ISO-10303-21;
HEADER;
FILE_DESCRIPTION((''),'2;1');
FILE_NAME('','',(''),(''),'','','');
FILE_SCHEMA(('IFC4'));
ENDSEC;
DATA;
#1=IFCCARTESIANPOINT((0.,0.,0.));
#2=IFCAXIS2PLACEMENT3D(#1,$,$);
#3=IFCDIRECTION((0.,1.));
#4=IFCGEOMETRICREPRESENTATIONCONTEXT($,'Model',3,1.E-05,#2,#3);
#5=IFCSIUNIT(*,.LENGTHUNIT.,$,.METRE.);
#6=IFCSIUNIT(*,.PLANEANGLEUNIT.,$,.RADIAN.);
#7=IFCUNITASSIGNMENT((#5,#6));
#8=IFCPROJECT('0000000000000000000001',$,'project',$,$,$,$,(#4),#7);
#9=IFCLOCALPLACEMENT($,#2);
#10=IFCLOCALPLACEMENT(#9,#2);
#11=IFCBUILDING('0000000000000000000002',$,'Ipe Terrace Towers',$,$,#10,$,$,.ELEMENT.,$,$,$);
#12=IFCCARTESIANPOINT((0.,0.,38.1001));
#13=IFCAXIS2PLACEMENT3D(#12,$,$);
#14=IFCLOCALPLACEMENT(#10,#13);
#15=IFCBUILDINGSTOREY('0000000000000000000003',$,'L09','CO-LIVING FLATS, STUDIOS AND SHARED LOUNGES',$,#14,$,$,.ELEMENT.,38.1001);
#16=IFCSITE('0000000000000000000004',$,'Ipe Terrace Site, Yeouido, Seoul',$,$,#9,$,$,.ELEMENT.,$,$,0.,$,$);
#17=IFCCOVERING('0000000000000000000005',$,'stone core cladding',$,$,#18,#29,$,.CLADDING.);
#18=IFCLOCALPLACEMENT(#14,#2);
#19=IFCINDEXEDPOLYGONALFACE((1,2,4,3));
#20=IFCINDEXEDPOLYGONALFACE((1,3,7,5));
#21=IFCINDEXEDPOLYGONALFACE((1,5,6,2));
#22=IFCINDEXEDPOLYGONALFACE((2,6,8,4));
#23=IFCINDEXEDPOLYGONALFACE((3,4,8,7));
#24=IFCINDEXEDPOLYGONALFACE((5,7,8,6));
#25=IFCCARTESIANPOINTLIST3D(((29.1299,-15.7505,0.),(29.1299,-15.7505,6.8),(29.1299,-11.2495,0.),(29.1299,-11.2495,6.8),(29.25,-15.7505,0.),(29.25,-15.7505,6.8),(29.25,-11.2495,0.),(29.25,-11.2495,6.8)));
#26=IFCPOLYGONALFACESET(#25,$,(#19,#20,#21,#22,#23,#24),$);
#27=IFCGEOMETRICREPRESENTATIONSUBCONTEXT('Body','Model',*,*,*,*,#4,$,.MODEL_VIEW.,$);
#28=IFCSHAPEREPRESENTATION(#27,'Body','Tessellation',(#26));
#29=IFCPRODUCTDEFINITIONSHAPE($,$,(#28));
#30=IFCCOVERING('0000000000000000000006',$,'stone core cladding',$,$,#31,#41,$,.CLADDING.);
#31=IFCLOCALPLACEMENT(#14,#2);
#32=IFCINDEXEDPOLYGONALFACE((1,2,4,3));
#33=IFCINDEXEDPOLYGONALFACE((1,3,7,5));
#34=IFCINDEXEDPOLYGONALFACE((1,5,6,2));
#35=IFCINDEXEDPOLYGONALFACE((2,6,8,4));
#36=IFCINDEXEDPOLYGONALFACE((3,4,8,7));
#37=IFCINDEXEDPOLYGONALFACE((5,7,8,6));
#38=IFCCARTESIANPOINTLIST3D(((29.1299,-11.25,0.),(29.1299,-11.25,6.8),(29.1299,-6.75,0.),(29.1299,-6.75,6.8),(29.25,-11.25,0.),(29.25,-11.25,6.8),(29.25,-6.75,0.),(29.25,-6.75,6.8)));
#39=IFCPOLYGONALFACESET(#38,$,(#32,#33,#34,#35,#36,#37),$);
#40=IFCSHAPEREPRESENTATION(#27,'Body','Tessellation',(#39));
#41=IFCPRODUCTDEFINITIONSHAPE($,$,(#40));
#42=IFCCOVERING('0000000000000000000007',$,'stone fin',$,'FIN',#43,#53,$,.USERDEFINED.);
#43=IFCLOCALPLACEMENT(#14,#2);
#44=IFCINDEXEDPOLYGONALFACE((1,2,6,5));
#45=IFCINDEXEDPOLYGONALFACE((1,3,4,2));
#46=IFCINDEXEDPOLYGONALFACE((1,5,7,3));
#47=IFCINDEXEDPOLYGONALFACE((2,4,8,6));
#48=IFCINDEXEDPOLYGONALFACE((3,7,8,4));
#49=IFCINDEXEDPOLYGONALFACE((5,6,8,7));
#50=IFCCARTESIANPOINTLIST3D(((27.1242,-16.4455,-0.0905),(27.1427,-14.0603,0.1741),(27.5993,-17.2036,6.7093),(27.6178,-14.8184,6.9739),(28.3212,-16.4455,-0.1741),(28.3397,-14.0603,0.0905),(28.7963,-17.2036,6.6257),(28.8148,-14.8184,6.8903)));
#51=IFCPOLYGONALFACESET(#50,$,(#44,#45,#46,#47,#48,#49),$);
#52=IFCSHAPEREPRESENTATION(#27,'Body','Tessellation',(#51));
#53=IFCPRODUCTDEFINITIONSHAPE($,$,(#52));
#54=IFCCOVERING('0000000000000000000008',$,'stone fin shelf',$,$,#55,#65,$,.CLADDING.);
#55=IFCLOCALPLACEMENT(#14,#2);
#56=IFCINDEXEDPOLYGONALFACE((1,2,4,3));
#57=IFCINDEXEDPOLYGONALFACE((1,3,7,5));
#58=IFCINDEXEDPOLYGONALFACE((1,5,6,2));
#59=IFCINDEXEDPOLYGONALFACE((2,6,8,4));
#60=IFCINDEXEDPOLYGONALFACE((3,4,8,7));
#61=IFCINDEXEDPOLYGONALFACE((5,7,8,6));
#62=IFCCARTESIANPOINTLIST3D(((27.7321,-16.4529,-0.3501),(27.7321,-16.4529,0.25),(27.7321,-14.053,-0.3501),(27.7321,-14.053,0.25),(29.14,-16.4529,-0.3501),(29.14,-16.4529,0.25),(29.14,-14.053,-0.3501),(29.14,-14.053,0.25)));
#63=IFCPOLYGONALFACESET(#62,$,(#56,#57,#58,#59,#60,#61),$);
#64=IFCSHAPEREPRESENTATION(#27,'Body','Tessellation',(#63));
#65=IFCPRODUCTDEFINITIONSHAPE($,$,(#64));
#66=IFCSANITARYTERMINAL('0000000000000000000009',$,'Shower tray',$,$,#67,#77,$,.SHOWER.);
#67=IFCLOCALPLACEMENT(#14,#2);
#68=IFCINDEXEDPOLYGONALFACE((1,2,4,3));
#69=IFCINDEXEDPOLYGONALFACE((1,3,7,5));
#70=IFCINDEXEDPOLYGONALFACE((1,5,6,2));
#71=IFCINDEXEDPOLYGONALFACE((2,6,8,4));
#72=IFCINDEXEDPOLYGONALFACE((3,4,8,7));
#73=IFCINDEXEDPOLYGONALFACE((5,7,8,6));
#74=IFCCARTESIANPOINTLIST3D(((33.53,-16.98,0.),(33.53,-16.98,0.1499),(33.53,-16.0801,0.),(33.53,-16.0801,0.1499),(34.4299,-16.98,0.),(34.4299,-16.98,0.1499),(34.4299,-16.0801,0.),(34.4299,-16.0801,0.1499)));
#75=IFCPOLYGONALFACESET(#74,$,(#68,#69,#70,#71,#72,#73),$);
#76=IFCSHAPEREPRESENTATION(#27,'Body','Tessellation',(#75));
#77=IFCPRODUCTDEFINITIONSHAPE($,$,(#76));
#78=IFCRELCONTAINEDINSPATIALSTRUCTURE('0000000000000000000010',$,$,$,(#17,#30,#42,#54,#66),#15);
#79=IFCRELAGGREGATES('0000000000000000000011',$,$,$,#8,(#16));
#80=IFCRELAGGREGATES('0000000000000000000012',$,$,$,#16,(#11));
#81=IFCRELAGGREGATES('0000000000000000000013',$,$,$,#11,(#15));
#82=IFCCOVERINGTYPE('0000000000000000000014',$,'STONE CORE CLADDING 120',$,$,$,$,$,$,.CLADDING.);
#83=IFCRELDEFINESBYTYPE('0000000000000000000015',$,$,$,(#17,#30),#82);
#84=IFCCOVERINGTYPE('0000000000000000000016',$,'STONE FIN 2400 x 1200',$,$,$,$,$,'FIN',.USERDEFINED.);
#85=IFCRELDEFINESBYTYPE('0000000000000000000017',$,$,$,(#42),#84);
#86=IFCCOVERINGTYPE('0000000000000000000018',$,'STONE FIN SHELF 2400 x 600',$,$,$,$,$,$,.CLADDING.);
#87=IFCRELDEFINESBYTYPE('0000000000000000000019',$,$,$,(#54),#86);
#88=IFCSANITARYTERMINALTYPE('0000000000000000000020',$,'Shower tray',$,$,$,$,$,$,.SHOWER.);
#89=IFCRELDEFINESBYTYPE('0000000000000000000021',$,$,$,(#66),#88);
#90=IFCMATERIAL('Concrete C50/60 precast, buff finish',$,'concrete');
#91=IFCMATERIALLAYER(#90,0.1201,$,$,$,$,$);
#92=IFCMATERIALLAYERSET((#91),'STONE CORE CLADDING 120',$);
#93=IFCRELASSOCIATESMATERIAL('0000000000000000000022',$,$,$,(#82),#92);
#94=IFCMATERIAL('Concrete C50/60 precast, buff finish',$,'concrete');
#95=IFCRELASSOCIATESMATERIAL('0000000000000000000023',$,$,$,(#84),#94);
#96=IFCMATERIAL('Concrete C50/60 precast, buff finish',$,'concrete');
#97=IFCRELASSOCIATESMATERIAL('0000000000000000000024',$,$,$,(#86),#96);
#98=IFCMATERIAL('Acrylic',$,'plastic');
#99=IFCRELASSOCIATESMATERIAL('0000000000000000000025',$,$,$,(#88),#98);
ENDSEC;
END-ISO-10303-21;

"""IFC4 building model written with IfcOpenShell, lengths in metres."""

from ifc_helpers import new_model, si_unit, direction, frame, origin, origin_2d, place, context, subcontext, project, spatial, rectangle, extrude, material, layer, layer_set, material_profile, profile_set, type_object, element, save


model = new_model("IFC4")

# Units and contexts
model_context = context("Model", 3, precision=1e-05, world=origin(), true_north=direction((0.0, 1.0)))
body_context = subcontext(model_context, "Body", "Model", "MODEL_VIEW")
ifc_project = project(units=[si_unit("LENGTHUNIT", "METRE"), si_unit("PLANEANGLEUNIT", "RADIAN")], contexts=[model_context])

# Site, building, storey
site_placement = place(None, origin())
site = spatial("IfcSite", under=ifc_project, at=site_placement, Name="Ipe Terrace Site, Yeouido, Seoul", CompositionType="ELEMENT", RefElevation=0.0)
building_placement = place(site_placement, origin())
building = spatial("IfcBuilding", under=site, at=building_placement, Name="Ipe Terrace Towers", CompositionType="ELEMENT")
storey_placement = place(building_placement, frame((0.0, 0.0, 38.1001)))
storey = spatial("IfcBuildingStorey", under=building, at=storey_placement, Name="L09", Description="CO-LIVING FLATS, STUDIOS AND SHARED LOUNGES", CompositionType="ELEMENT", Elevation=38.1001)

# Coverings
ifc_material_1 = material(Name="Concrete C50/60 precast, buff finish", Category="concrete")
ifc_layer_1 = layer(ifc_material_1, 0.1201)
ifc_layer_set_1 = layer_set([ifc_layer_1], Name="STONE CORE CLADDING 120")
covering_type_1 = type_object("IfcCoveringType", Name="STONE CORE CLADDING 120", PredefinedType="CLADDING", material=ifc_layer_set_1)
covering_1_placement = place(storey_placement, frame((29.1899, -13.5, 0.0), z_axis=(0.0, 0.0, 1.0), x_axis=(0.0, -1.0, 0.0)))
element("IfcCovering", 1, at=covering_1_placement, inside=storey, type_object=covering_type_1, Name="stone core cladding", PredefinedType="CLADDING", context=body_context, shape_type="SweptSolid", body=[
    extrude(rectangle(XDim=4.501, YDim=0.1201, at=origin_2d()), origin(), (0.0, 0.0, 1.0), 6.8),
])
covering_2_placement = place(storey_placement, frame((29.1899, -9.0, 0.0), z_axis=(0.0, 0.0, 1.0), x_axis=(0.0, -1.0, 0.0)))
element("IfcCovering", 2, at=covering_2_placement, inside=storey, type_object=covering_type_1, Name="stone core cladding", PredefinedType="CLADDING", context=body_context, shape_type="SweptSolid", body=[
    extrude(rectangle(XDim=4.5, YDim=0.1201, at=origin_2d()), origin(), (0.0, 0.0, 1.0), 6.8),
])
ifc_material_2 = material(Name="Concrete C50/60 precast, buff finish", Category="concrete")
ifc_material_profile_1 = material_profile(ifc_material_2, rectangle(XDim=2.3999, YDim=1.2, at=origin_2d()), Name="STONE FIN 2400 x 1200")
ifc_profile_set_1 = profile_set([ifc_material_profile_1], Name="Concrete C50/60 precast, buff finish")
covering_type_2 = type_object("IfcCoveringType", Name="STONE FIN 2400 x 1200", ElementType="FIN", PredefinedType="USERDEFINED", material=ifc_profile_set_1)
covering_3_placement = place(storey_placement, frame((27.7319, -15.2529, 0.0), z_axis=(0.069272, -0.11053, 0.991456), x_axis=(-0.007704, -0.993873, -0.110261)))
element("IfcCovering", 3, at=covering_3_placement, inside=storey, type_object=covering_type_2, Name="stone fin", ObjectType="FIN", PredefinedType="USERDEFINED", context=body_context, shape_type="SweptSolid", body=[
    extrude(rectangle(XDim=2.3999, YDim=1.2, at=origin_2d()), origin(), (0.0, 0.0, 1.0), 6.8584),
])
ifc_material_3 = material(Name="Concrete C50/60 precast, buff finish", Category="concrete")
covering_type_3 = type_object("IfcCoveringType", Name="STONE FIN SHELF 2400 x 600", PredefinedType="CLADDING", material=ifc_material_3)
covering_4_placement = place(storey_placement, frame((28.436, -15.2529, -0.3501), z_axis=(0.0, 0.0, 1.0), x_axis=(0.0, -1.0, 0.0)))
element("IfcCovering", 4, at=covering_4_placement, inside=storey, type_object=covering_type_3, Name="stone fin shelf", PredefinedType="CLADDING", context=body_context, shape_type="SweptSolid", body=[
    extrude(rectangle(XDim=2.3999, YDim=1.408, at=origin_2d()), origin(), (0.0, 0.0, 1.0), 0.6001),
])

# Sanitary terminal
ifc_material_4 = material(Name="Acrylic", Category="plastic")
sanitary_terminal_type = type_object("IfcSanitaryTerminalType", Name="Shower tray", PredefinedType="SHOWER", material=ifc_material_4)
sanitary_terminal_placement = place(storey_placement, frame((33.98, -16.53, 0.0), z_axis=(0.0, 0.0, 1.0), x_axis=(-1.0, 0.0, 0.0)))
element("IfcSanitaryTerminal", 5, at=sanitary_terminal_placement, inside=storey, type_object=sanitary_terminal_type, Name="Shower tray", PredefinedType="SHOWER", context=body_context, shape_type="SweptSolid", body=[
    extrude(rectangle(XDim=0.8999, YDim=0.8999, at=origin_2d()), origin(), (0.0, 0.0, 1.0), 0.1499),
])

save(model, "model.ifc")
